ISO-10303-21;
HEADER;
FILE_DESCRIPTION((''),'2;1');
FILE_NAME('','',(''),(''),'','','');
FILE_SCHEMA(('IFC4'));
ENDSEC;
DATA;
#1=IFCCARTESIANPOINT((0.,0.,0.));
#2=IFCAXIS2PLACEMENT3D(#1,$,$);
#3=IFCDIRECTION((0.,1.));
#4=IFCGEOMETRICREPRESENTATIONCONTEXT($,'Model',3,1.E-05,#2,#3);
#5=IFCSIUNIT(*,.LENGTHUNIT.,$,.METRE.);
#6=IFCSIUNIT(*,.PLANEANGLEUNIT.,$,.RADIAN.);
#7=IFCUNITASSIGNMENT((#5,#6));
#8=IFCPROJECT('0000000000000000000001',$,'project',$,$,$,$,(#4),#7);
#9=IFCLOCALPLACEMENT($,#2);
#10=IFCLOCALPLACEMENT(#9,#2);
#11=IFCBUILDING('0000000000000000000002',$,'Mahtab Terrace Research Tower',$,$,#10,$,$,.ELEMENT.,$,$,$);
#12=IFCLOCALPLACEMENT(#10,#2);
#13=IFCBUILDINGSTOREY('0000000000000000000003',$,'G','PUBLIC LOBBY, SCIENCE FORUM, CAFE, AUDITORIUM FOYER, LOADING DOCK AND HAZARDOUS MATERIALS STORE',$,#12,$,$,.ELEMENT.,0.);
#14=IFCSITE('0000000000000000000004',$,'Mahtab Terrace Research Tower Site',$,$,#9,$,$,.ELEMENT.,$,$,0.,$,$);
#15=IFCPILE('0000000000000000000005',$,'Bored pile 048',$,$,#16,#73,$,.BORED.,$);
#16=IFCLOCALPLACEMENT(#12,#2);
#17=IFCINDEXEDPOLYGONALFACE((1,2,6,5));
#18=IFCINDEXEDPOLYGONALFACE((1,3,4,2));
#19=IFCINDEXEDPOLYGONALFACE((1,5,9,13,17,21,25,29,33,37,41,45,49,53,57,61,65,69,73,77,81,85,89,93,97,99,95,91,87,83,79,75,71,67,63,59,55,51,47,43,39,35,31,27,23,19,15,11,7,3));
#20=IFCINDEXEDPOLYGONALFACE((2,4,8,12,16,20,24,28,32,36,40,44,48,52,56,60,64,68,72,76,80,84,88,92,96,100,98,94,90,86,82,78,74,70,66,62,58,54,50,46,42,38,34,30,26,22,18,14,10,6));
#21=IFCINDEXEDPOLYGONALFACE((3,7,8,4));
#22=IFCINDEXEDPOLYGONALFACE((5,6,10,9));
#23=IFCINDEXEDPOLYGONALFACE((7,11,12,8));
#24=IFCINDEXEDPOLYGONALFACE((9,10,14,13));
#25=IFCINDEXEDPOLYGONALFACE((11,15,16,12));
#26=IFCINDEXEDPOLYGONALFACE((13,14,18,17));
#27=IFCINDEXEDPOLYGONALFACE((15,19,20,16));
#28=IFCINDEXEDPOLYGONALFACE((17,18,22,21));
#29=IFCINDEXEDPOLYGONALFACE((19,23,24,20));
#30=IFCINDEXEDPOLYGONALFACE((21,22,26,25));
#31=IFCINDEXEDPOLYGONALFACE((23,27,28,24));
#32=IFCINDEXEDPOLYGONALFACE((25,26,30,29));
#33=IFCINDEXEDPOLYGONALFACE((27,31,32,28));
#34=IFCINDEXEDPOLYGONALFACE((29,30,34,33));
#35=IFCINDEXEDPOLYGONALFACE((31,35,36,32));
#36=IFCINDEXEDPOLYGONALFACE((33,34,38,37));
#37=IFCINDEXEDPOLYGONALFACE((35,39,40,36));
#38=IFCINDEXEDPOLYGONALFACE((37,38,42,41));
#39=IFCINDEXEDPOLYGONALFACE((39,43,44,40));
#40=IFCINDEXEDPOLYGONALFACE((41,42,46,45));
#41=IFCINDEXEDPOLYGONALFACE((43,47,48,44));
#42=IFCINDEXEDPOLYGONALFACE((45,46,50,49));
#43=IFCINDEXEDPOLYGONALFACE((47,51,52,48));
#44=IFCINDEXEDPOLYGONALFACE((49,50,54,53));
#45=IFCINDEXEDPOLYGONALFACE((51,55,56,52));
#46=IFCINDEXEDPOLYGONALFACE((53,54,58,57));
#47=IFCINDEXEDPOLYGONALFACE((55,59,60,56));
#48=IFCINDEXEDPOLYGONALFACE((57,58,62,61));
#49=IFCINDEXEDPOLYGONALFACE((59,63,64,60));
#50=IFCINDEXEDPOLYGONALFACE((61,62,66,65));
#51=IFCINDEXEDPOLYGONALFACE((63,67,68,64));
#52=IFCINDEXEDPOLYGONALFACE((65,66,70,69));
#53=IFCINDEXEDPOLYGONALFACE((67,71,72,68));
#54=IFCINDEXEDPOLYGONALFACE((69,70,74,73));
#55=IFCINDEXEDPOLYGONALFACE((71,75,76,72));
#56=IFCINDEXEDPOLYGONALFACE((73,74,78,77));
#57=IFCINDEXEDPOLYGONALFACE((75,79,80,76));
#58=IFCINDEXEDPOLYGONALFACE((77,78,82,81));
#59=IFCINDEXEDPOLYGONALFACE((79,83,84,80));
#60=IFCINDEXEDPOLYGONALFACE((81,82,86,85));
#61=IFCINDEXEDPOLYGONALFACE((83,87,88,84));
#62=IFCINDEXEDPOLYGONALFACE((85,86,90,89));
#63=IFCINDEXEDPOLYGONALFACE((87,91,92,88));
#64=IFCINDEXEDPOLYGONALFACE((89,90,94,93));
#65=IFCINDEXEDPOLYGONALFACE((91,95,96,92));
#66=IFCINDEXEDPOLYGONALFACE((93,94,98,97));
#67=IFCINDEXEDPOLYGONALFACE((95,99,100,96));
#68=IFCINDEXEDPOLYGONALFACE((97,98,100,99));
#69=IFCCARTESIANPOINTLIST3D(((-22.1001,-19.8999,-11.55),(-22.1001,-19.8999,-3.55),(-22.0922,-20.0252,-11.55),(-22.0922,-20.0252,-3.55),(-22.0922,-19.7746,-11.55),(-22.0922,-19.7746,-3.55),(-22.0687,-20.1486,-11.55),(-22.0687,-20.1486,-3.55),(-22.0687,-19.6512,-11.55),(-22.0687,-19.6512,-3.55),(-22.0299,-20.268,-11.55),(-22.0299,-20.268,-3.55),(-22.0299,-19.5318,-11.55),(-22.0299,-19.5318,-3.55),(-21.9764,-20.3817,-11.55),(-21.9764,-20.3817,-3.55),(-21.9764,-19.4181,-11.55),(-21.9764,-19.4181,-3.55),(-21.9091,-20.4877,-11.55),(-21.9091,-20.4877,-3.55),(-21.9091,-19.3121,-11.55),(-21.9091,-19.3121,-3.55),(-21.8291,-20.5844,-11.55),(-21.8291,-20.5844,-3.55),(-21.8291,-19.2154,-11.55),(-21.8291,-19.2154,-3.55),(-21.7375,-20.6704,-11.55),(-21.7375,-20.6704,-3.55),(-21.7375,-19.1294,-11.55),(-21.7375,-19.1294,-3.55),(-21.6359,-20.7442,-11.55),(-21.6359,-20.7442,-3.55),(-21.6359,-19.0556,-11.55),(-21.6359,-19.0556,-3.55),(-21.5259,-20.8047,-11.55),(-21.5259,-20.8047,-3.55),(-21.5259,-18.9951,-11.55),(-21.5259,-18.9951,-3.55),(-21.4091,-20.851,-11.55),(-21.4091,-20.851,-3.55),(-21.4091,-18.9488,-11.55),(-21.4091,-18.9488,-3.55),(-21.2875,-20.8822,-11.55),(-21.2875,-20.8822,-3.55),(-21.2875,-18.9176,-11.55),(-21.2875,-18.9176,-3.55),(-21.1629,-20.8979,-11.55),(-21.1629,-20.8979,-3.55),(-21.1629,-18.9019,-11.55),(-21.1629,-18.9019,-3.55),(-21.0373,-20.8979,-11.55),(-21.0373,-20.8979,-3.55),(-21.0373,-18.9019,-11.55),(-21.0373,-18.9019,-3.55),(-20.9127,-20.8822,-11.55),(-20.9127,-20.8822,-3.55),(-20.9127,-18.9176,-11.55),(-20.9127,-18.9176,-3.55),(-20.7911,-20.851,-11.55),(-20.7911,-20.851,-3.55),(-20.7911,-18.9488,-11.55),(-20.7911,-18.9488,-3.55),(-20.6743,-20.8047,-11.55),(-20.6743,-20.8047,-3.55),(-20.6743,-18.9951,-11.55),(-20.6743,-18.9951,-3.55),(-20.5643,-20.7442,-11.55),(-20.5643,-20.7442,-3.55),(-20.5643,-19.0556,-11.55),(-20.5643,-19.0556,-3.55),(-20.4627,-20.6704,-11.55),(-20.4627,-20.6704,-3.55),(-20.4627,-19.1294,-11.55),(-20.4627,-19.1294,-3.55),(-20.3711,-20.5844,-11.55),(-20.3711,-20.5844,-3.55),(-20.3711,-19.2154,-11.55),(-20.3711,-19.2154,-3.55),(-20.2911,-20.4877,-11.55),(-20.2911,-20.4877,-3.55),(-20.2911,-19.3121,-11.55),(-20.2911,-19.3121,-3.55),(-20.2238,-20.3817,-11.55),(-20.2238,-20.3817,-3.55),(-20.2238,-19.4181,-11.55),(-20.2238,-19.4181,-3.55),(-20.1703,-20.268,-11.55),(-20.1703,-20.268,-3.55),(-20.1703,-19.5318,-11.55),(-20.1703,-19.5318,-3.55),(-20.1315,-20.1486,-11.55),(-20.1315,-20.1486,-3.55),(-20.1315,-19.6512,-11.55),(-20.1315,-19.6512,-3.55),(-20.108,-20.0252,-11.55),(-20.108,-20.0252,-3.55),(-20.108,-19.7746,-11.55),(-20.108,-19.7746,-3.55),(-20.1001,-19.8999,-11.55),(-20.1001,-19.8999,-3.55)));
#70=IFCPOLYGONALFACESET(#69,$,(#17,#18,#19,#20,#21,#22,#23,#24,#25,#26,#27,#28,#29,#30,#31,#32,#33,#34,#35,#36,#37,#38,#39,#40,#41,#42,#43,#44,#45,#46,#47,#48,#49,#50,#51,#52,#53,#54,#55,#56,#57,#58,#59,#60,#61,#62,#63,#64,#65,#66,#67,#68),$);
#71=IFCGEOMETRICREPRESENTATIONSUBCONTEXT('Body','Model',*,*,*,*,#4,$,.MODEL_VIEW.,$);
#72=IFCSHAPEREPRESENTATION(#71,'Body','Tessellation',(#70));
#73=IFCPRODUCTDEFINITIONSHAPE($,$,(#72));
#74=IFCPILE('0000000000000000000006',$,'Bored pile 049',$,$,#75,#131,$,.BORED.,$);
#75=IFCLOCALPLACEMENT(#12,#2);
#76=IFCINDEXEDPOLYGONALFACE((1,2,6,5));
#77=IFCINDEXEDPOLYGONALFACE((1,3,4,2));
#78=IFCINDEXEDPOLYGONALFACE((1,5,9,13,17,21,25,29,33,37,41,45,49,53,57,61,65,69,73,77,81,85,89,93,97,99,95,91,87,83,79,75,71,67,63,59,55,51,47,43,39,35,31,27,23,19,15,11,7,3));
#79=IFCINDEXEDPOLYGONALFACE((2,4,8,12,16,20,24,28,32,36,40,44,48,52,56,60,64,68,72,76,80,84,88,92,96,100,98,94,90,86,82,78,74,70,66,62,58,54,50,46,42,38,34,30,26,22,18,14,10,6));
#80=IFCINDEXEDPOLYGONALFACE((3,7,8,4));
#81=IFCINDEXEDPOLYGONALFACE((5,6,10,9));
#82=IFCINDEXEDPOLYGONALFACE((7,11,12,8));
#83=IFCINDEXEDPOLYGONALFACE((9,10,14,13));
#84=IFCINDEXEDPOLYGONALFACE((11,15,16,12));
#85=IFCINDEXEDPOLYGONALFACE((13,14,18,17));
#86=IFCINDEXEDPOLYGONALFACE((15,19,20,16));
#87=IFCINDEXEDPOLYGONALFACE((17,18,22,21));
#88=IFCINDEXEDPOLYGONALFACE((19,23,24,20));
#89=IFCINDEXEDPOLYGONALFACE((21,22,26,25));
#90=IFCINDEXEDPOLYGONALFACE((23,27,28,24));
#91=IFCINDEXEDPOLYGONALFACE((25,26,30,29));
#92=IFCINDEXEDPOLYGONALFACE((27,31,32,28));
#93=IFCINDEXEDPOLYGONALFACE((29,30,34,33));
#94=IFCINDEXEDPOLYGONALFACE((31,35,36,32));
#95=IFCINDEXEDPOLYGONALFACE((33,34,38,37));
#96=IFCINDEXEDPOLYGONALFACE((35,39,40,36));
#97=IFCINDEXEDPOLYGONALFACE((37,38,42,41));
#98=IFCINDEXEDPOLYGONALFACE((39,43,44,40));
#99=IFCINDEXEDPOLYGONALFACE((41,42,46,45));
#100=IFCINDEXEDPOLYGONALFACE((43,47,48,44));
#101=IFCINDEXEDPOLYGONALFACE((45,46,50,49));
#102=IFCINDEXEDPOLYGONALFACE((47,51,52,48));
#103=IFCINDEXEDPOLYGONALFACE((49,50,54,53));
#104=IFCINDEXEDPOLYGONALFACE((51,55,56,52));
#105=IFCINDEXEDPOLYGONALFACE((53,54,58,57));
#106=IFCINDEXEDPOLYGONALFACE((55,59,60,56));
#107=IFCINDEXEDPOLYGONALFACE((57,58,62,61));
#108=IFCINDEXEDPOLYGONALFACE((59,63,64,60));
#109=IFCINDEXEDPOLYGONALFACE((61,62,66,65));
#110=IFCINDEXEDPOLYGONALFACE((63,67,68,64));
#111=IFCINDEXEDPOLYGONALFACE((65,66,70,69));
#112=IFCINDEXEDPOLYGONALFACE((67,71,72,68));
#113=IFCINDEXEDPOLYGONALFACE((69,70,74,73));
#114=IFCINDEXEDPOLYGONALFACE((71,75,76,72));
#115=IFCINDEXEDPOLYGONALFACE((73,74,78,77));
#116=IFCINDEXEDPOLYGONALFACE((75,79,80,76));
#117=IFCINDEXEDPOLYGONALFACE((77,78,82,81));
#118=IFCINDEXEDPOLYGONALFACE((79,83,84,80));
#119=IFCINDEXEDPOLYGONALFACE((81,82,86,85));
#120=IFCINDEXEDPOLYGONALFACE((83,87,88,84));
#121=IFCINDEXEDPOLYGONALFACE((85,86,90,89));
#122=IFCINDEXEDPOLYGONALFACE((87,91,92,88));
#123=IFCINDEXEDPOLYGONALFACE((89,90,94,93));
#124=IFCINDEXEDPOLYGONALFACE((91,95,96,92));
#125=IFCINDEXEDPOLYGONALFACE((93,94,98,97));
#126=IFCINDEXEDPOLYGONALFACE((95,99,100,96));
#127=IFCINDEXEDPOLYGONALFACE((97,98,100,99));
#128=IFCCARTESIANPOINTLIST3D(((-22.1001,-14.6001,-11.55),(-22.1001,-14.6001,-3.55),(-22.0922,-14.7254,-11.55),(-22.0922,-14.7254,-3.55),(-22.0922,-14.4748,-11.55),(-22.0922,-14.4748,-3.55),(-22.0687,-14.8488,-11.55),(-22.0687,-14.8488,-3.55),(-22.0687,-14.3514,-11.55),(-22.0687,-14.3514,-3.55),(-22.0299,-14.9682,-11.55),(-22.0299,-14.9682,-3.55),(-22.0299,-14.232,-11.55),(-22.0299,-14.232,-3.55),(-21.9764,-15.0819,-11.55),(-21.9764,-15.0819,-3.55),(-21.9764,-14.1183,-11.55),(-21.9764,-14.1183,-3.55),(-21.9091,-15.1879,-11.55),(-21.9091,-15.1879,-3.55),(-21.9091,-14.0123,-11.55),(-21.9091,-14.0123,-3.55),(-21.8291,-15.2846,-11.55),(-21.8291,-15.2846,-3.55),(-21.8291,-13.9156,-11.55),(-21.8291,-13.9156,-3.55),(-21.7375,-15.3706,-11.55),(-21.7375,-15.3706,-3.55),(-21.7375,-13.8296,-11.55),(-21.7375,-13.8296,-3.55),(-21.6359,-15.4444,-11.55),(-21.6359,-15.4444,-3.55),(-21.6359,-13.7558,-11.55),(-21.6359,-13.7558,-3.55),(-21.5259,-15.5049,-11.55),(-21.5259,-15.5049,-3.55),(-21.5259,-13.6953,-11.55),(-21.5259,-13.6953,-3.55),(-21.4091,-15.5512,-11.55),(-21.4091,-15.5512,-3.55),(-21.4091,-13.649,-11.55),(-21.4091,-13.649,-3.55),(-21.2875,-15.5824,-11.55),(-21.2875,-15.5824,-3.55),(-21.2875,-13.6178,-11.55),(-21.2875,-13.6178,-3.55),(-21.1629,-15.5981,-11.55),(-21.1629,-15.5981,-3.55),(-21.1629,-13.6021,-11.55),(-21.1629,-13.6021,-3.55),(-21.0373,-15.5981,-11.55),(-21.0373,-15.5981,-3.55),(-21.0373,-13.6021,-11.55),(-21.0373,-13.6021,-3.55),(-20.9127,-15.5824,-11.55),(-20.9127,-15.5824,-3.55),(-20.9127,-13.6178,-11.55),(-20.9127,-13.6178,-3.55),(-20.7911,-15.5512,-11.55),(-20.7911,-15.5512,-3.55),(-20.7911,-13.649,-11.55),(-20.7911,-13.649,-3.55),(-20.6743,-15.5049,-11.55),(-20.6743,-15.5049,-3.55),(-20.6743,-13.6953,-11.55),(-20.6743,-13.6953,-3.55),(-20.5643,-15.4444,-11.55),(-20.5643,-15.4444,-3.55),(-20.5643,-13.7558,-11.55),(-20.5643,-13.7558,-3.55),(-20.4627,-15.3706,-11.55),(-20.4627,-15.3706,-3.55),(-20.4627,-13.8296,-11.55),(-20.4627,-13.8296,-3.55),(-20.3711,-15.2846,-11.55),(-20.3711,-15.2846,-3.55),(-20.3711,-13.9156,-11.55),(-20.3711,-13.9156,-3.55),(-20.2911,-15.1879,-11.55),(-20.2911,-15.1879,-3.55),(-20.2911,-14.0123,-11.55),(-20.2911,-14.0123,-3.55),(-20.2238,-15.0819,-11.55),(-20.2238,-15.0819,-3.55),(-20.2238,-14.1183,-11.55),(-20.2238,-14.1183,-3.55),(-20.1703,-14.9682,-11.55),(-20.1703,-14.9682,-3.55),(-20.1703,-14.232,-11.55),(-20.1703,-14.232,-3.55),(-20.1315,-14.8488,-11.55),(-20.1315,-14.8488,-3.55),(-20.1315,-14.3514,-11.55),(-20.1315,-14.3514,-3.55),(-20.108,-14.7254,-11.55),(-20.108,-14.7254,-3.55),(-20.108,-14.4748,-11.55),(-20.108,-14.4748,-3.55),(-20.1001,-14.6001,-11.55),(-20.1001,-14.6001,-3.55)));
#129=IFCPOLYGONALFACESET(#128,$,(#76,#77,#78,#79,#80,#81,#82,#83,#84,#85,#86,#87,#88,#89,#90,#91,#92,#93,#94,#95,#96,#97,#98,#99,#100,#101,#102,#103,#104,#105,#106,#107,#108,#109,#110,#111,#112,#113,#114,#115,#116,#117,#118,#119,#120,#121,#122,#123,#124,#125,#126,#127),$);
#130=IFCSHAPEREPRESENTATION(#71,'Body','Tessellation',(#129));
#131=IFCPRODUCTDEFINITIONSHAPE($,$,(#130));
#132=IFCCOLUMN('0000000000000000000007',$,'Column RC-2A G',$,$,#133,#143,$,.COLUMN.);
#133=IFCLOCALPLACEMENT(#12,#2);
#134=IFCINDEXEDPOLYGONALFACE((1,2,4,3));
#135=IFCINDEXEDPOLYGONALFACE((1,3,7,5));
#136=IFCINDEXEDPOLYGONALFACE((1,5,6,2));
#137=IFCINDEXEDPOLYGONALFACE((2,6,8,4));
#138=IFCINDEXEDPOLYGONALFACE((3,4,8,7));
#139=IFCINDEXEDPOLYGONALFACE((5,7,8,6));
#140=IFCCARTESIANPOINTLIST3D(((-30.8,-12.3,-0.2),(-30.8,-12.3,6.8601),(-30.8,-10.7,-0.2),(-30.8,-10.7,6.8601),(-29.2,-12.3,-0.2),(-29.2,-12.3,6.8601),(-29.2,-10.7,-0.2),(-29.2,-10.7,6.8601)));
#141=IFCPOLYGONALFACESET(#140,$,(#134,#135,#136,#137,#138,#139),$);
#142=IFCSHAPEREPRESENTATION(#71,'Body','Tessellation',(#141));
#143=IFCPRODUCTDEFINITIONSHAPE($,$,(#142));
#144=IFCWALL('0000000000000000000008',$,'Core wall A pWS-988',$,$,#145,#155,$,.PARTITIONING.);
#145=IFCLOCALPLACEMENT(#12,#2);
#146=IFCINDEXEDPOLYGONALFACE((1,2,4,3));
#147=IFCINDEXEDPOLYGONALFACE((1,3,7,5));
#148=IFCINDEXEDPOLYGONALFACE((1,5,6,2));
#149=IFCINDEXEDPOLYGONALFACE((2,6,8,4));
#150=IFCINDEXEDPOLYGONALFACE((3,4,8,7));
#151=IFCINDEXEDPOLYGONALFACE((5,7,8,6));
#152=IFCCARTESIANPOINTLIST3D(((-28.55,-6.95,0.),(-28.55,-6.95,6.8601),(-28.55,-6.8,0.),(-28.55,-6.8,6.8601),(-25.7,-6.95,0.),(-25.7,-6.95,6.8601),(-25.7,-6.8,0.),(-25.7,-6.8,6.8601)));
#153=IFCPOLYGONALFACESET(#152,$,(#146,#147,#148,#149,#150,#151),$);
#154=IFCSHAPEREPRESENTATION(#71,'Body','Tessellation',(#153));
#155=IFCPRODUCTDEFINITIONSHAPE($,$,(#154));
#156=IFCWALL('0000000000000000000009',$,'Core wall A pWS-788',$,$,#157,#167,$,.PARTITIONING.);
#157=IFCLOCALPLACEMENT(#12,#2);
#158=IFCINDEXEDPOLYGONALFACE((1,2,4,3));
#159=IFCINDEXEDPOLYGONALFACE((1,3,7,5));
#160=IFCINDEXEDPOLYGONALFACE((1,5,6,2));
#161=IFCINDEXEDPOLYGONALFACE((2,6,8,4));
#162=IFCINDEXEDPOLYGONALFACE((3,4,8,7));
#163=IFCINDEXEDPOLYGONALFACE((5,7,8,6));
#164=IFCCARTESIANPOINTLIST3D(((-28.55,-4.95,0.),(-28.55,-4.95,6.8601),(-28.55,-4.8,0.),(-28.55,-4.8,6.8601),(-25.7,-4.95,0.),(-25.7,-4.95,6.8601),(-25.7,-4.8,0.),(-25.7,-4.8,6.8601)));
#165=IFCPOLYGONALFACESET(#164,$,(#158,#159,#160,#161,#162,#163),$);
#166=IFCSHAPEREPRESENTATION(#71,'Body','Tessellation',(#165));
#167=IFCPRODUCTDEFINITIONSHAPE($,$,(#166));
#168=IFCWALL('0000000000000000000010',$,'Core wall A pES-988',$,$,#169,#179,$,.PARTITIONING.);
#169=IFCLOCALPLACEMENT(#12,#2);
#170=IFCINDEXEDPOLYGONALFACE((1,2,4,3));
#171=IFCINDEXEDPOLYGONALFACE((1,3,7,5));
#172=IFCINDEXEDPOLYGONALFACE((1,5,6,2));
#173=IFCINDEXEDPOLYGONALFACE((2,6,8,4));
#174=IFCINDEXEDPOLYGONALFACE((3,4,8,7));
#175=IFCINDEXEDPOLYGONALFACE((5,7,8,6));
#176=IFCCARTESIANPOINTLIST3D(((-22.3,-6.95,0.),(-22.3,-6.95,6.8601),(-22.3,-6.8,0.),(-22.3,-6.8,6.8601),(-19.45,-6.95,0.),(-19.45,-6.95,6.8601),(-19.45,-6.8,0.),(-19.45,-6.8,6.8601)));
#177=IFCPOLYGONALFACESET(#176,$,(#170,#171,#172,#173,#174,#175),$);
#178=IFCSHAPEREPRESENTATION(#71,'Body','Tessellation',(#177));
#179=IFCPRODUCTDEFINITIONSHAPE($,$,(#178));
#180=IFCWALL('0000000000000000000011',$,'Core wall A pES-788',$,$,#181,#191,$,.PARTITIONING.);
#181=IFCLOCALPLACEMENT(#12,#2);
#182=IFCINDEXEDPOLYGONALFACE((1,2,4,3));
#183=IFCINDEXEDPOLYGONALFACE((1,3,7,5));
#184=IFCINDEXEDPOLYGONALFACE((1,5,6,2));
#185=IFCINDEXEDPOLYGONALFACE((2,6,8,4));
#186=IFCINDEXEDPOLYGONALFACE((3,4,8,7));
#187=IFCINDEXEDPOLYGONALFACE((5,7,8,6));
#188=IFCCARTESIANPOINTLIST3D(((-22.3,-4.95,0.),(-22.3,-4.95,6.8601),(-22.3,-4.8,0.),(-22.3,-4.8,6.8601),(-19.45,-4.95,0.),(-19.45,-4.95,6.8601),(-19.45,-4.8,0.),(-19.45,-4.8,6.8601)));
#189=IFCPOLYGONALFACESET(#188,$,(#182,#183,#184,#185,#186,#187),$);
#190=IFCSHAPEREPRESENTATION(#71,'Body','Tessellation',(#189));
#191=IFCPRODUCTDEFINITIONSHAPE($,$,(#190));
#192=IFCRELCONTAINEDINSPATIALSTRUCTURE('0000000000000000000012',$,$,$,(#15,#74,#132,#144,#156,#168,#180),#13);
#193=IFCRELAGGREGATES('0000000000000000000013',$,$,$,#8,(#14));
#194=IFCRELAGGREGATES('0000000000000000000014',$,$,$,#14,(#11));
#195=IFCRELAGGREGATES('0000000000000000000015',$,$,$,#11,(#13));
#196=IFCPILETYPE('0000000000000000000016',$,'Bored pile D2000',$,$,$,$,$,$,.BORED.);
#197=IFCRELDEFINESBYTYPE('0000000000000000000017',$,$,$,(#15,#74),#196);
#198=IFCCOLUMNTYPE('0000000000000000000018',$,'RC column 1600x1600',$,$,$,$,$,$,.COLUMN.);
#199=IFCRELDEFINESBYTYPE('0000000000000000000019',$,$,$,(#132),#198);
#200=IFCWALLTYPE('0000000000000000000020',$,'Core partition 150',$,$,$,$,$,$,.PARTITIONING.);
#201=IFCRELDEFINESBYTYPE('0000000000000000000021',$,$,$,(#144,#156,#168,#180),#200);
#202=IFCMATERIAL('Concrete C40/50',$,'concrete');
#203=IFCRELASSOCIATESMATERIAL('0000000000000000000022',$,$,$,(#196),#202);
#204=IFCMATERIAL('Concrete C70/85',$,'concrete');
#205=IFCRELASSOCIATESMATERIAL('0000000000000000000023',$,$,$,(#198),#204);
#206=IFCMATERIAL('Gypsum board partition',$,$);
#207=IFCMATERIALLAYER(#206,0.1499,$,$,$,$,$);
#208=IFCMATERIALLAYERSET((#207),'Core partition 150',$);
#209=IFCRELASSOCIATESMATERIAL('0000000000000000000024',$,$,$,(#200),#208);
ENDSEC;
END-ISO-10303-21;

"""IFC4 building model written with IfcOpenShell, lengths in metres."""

from ifc_helpers import new_model, si_unit, direction, frame, frame_2d, origin, origin_2d, place, context, subcontext, project, spatial, rectangle, circle, extrude, material, layer, layer_set, material_profile, profile_set, type_object, element, save


model = new_model("IFC4")

# Units and contexts
model_context = context("Model", 3, precision=1e-05, world=origin(), true_north=direction((0.0, 1.0)))
body_context = subcontext(model_context, "Body", "Model", "MODEL_VIEW")
ifc_project = project(units=[si_unit("LENGTHUNIT", "METRE"), si_unit("PLANEANGLEUNIT", "RADIAN")], contexts=[model_context])

# Site, building, storey
site_placement = place(None, origin())
site = spatial("IfcSite", under=ifc_project, at=site_placement, Name="Mahtab Terrace Research Tower Site", CompositionType="ELEMENT", RefElevation=0.0)
building_placement = place(site_placement, origin())
building = spatial("IfcBuilding", under=site, at=building_placement, Name="Mahtab Terrace Research Tower", CompositionType="ELEMENT")
storey_placement = place(building_placement, origin())
storey = spatial("IfcBuildingStorey", under=building, at=storey_placement, Name="G", Description="PUBLIC LOBBY, SCIENCE FORUM, CAFE, AUDITORIUM FOYER, LOADING DOCK AND HAZARDOUS MATERIALS STORE", CompositionType="ELEMENT", Elevation=0.0)

# Piles
ifc_material_1 = material(Name="Concrete C40/50", Category="concrete")
ifc_material_profile_1 = material_profile(ifc_material_1, circle(Radius=1.0, at=origin_2d()), Name="Bored pile D2000")
ifc_profile_set_1 = profile_set([ifc_material_profile_1], Name="Concrete C40/50")
pile_type = type_object("IfcPileType", Name="Bored pile D2000", PredefinedType="BORED", material=ifc_profile_set_1)
for number, where, z_axis, x_axis, name in (
    (1, (-21.1001, -19.8999, -3.55), (0.0, 0.0, -1.0), (1.0, 0.0, 0.0), "Bored pile 048"),
    (2, (-21.1001, -14.6001, -3.55), (0.0, 0.0, -1.0), (1.0, 0.0, 0.0), "Bored pile 049"),
):
    element("IfcPile", number, at=place(storey_placement, frame(where, z_axis=z_axis, x_axis=x_axis)), inside=storey, type_object=pile_type, Name=name, PredefinedType="BORED", context=body_context, shape_type="SweptSolid", body=[
        extrude(circle(Radius=1.0, at=origin_2d()), origin(), (0.0, 0.0, 1.0), 8.0),
    ])

# Column
ifc_material_2 = material(Name="Concrete C70/85", Category="concrete")
ifc_material_profile_2 = material_profile(ifc_material_2, rectangle(XDim=1.6001, YDim=1.6001, at=origin_2d()), Name="RC column 1600x1600")
ifc_profile_set_2 = profile_set([ifc_material_profile_2], Name="Concrete C70/85")
column_type = type_object("IfcColumnType", Name="RC column 1600x1600", PredefinedType="COLUMN", material=ifc_profile_set_2)
column_placement = place(storey_placement, frame((-30.0, -11.5, -0.2), z_axis=(0.0, 0.0, 1.0), x_axis=(1.0, 0.0, 0.0)))
element("IfcColumn", 3, at=column_placement, inside=storey, type_object=column_type, Name="Column RC-2A G", PredefinedType="COLUMN", context=body_context, shape_type="SweptSolid", body=[
    extrude(rectangle(XDim=1.6001, YDim=1.6001, at=origin_2d()), origin(), (0.0, 0.0, 1.0), 7.0601),
])

# Walls
ifc_material_3 = material(Name="Gypsum board partition")
ifc_layer_1 = layer(ifc_material_3, 0.1499)
ifc_layer_set_1 = layer_set([ifc_layer_1], Name="Core partition 150")
wall_type_1 = type_object("IfcWallType", Name="Core partition 150", PredefinedType="PARTITIONING", material=ifc_layer_set_1)
for number, where, z_axis, x_axis, name in (
    (4, (-28.55, -6.875, 0.0), (0.0, 0.0, 1.0), (1.0, 0.0, 0.0), "Core wall A pWS-988"),
    (5, (-28.55, -4.875, 0.0), (0.0, 0.0, 1.0), (1.0, 0.0, 0.0), "Core wall A pWS-788"),
    (6, (-22.3, -6.875, 0.0), (0.0, 0.0, 1.0), (1.0, 0.0, 0.0), "Core wall A pES-988"),
    (7, (-22.3, -4.875, 0.0), (0.0, 0.0, 1.0), (1.0, 0.0, 0.0), "Core wall A pES-788"),
):
    element("IfcWall", number, at=place(storey_placement, frame(where, z_axis=z_axis, x_axis=x_axis)), inside=storey, type_object=wall_type_1, Name=name, PredefinedType="PARTITIONING", context=body_context, shape_type="SweptSolid", body=[
        extrude(rectangle(XDim=2.8501, YDim=0.1499, at=frame_2d((1.425, 0.0))), origin(), (0.0, 0.0, 1.0), 6.8601),
    ])

save(model, "model.ifc")
